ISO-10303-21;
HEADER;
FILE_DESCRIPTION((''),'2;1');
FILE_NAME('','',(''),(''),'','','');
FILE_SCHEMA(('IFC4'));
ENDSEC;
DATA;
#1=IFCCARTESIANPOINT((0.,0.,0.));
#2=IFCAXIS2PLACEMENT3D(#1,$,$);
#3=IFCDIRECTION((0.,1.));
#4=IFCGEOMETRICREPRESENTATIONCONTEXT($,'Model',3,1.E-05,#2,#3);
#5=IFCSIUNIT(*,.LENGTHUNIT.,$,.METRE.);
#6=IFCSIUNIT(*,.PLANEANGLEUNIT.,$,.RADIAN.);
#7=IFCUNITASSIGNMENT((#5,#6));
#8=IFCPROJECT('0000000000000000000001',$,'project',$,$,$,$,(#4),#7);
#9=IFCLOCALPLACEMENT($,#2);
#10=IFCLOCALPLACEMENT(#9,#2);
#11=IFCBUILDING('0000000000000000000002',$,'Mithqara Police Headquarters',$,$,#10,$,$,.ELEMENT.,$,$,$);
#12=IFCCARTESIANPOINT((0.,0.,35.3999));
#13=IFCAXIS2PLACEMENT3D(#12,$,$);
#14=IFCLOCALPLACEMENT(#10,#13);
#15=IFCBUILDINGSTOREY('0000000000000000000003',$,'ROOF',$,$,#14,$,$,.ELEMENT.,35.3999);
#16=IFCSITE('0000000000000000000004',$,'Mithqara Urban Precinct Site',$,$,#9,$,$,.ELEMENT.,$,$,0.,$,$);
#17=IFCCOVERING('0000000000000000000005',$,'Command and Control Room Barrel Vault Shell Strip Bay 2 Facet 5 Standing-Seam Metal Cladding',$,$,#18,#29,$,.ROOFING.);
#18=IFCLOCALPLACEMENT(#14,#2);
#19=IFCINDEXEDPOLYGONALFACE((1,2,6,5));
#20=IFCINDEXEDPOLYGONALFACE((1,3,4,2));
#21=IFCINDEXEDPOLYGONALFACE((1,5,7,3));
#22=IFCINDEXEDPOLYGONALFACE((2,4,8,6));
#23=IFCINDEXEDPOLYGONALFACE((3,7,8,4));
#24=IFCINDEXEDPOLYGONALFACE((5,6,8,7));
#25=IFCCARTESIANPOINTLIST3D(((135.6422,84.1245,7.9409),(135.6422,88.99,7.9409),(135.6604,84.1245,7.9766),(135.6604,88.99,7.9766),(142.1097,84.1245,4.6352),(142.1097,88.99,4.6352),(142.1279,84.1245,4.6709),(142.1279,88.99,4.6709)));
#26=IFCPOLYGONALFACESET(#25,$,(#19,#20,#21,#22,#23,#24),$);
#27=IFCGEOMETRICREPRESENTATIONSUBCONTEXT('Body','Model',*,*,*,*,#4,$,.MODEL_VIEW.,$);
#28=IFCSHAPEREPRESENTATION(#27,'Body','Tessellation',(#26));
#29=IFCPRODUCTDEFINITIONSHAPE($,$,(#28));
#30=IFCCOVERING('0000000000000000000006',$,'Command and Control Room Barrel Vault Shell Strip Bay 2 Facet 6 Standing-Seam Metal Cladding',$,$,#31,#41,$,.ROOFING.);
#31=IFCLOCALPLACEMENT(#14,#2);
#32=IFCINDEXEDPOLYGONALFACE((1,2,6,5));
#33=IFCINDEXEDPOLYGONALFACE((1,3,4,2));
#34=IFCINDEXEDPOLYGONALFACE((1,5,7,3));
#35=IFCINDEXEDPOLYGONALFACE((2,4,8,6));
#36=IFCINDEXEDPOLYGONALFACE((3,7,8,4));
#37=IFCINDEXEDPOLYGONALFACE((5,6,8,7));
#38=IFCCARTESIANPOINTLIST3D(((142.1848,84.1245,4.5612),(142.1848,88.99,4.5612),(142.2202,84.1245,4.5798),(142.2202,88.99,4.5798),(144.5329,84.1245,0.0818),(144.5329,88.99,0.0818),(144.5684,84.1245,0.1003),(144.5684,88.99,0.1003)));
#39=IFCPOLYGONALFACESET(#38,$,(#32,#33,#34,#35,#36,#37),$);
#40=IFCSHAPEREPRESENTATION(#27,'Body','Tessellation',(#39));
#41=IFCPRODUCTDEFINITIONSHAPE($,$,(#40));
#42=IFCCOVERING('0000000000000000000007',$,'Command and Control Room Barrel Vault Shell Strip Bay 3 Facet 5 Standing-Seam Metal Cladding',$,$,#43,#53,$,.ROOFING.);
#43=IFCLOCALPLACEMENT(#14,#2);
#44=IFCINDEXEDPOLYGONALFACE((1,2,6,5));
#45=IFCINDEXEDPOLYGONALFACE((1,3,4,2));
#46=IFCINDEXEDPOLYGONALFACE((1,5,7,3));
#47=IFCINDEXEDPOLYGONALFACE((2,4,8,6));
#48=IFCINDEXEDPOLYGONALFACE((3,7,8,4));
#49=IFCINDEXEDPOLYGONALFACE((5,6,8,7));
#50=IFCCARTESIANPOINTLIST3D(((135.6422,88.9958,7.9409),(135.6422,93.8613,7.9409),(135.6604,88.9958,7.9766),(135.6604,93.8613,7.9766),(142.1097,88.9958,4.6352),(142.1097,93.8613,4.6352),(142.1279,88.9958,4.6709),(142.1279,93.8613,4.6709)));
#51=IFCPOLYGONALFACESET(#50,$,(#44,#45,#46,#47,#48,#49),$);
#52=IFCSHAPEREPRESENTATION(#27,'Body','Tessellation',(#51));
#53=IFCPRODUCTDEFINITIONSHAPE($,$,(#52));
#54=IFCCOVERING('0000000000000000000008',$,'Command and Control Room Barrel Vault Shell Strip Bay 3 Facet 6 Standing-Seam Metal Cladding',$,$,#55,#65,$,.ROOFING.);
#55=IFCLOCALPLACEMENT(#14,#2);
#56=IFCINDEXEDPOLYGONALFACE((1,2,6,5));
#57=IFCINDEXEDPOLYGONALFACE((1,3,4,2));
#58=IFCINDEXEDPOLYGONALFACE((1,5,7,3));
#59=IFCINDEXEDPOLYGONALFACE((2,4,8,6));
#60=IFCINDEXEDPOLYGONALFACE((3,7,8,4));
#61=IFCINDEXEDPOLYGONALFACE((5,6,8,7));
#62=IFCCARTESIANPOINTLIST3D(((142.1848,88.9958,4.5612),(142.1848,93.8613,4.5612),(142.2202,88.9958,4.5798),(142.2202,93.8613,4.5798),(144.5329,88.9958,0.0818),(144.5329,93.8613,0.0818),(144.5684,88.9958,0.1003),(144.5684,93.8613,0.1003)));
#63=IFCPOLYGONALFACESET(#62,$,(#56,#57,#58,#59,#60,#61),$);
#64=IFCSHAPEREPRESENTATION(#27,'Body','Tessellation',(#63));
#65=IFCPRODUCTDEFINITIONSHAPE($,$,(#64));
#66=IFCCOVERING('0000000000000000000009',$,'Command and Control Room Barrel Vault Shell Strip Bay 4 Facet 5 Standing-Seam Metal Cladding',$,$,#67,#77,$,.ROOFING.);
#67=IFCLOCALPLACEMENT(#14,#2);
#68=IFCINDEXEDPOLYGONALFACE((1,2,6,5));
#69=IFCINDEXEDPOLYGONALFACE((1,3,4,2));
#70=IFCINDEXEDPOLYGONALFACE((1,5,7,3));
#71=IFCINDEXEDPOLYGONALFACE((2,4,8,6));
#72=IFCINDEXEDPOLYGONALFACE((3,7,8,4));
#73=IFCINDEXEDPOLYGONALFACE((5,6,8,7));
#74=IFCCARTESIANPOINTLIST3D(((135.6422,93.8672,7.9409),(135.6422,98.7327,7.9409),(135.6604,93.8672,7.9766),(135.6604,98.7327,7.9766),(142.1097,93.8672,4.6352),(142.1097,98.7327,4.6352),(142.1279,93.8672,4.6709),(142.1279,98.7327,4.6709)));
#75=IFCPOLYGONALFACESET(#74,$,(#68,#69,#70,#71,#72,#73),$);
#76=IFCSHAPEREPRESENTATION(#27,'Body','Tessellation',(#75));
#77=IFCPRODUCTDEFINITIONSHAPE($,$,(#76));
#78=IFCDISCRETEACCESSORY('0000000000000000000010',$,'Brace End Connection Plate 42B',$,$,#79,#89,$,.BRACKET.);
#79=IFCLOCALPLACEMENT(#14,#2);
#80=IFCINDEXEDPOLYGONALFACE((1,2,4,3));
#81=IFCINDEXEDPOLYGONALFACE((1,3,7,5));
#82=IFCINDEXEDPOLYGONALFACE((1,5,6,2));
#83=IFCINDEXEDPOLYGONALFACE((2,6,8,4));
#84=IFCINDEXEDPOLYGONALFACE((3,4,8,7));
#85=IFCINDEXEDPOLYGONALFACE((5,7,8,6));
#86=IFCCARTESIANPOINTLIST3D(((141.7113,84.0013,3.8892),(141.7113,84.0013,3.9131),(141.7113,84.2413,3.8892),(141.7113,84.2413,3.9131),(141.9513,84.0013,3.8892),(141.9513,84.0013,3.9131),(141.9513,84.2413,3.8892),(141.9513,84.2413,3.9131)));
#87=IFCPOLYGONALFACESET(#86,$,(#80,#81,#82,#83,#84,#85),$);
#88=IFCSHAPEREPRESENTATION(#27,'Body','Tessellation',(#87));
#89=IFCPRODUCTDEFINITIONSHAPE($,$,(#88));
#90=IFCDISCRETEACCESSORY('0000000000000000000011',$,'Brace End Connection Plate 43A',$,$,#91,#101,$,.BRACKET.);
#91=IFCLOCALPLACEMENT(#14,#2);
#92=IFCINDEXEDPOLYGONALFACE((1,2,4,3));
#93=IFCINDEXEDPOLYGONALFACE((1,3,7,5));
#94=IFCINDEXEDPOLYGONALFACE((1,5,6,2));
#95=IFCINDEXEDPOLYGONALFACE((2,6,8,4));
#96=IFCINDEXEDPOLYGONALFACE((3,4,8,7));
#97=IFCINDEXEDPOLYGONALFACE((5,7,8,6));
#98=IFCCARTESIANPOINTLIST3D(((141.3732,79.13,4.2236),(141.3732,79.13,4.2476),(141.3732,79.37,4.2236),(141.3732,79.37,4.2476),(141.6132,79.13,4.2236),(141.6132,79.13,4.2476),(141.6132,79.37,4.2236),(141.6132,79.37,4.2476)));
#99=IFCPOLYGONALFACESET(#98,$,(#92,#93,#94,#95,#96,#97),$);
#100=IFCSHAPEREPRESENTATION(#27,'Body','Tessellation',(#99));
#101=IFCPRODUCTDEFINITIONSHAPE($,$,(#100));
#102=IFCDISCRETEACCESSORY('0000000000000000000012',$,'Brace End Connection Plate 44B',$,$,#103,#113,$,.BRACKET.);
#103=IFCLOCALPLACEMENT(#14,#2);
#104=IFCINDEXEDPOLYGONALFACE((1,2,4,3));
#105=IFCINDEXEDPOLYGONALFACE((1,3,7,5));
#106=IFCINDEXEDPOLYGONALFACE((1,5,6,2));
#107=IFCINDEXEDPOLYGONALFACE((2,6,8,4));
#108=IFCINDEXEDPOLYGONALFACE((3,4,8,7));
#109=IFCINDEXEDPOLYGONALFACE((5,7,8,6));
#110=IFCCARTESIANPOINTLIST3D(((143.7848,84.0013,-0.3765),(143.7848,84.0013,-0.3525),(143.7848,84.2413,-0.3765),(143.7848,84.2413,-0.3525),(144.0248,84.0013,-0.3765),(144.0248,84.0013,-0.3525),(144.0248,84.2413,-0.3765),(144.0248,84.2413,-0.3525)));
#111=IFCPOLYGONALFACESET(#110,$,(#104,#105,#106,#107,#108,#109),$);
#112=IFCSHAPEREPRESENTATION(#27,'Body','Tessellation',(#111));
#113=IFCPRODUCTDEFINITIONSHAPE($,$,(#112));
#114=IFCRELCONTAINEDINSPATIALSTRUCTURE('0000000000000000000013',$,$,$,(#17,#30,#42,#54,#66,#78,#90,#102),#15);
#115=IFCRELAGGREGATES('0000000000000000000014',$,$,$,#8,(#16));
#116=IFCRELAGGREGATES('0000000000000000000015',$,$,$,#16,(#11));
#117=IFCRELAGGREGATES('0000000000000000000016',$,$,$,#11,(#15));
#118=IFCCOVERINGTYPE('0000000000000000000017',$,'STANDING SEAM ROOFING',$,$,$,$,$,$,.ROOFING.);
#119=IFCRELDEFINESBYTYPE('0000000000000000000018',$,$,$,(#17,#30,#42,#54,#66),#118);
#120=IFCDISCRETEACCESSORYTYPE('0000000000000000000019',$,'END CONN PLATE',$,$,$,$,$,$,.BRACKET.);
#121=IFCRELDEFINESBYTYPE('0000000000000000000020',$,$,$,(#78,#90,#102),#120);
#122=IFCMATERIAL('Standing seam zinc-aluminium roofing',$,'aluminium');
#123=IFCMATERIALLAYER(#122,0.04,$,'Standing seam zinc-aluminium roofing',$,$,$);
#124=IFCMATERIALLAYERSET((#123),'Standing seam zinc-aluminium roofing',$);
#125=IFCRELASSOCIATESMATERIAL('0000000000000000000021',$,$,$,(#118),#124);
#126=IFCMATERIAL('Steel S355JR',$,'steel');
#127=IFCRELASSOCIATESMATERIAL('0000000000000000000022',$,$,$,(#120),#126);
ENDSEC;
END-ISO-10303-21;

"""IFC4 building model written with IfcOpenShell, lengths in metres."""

from ifc_helpers import new_model, si_unit, direction, frame, origin, origin_2d, place, context, subcontext, project, spatial, polyline, rectangle, outline, extrude, material, layer, layer_set, type_object, element, save


model = new_model("IFC4")

# Units and contexts
model_context = context("Model", 3, precision=1e-05, world=origin(), true_north=direction((0.0, 1.0)))
body_context = subcontext(model_context, "Body", "Model", "MODEL_VIEW")
ifc_project = project(units=[si_unit("LENGTHUNIT", "METRE"), si_unit("PLANEANGLEUNIT", "RADIAN")], contexts=[model_context])

# Site, building, storey
site_placement = place(None, origin())
site = spatial("IfcSite", under=ifc_project, at=site_placement, Name="Mithqara Urban Precinct Site", CompositionType="ELEMENT", RefElevation=0.0)
building_placement = place(site_placement, origin())
building = spatial("IfcBuilding", under=site, at=building_placement, Name="Mithqara Police Headquarters", CompositionType="ELEMENT")
storey_placement = place(building_placement, frame((0.0, 0.0, 35.3999)))
storey = spatial("IfcBuildingStorey", under=building, at=storey_placement, Name="ROOF", CompositionType="ELEMENT", Elevation=35.3999)

# Shared definitions
ifc_material_1 = material(Name="Steel S355JR", Category="steel")

# Coverings
ifc_material_2 = material(Name="Standing seam zinc-aluminium roofing", Category="aluminium")
ifc_layer_1 = layer(ifc_material_2, 0.04, Name="Standing seam zinc-aluminium roofing")
ifc_layer_set_1 = layer_set([ifc_layer_1], Name="Standing seam zinc-aluminium roofing")
covering_type_1 = type_object("IfcCoveringType", Name="STANDING SEAM ROOFING", PredefinedType="ROOFING", material=ifc_layer_set_1)
covering_1_placement = place(storey_placement, frame((135.6604, 84.1245, 7.9766), z_axis=(0.455115, 0.0, 0.890433), x_axis=(0.890433, 0.0, -0.455115)))
element("IfcCovering", 1, at=covering_1_placement, inside=storey, type_object=covering_type_1, Name="Command and Control Room Barrel Vault Shell Strip Bay 2 Facet 5 Standing-Seam Metal Cladding", PredefinedType="ROOFING", context=body_context, shape_type="SweptSolid", body=[
    extrude(outline(polyline([(0.0, 0.0), (7.2634, 0.0), (7.2634, 4.8655), (0.0, 4.8655), (0.0, 0.0)])), origin(), (0.0, 0.0, -1.0), 0.04),
])
covering_2_placement = place(storey_placement, frame((142.2202, 84.1245, 4.5798), z_axis=(0.88569, 0.0, 0.464278), x_axis=(0.464278, 0.0, -0.88569)))
element("IfcCovering", 2, at=covering_2_placement, inside=storey, type_object=covering_type_1, Name="Command and Control Room Barrel Vault Shell Strip Bay 2 Facet 6 Standing-Seam Metal Cladding", PredefinedType="ROOFING", context=body_context, shape_type="SweptSolid", body=[
    extrude(outline(polyline([(0.0, 0.0), (5.0576, 0.0), (5.0576, 4.8655), (0.0, 4.8655), (0.0, 0.0)])), origin(), (0.0, 0.0, -1.0), 0.04),
])
covering_3_placement = place(storey_placement, frame((135.6604, 88.9958, 7.9766), z_axis=(0.455115, 0.0, 0.890433), x_axis=(0.890433, 0.0, -0.455115)))
element("IfcCovering", 3, at=covering_3_placement, inside=storey, type_object=covering_type_1, Name="Command and Control Room Barrel Vault Shell Strip Bay 3 Facet 5 Standing-Seam Metal Cladding", PredefinedType="ROOFING", context=body_context, shape_type="SweptSolid", body=[
    extrude(outline(polyline([(0.0, 0.0), (7.2634, 0.0), (7.2634, 4.8655), (0.0, 4.8655), (0.0, 0.0)])), origin(), (0.0, 0.0, -1.0), 0.04),
])
covering_4_placement = place(storey_placement, frame((142.2202, 88.9958, 4.5798), z_axis=(0.88569, 0.0, 0.464278), x_axis=(0.464278, 0.0, -0.88569)))
element("IfcCovering", 4, at=covering_4_placement, inside=storey, type_object=covering_type_1, Name="Command and Control Room Barrel Vault Shell Strip Bay 3 Facet 6 Standing-Seam Metal Cladding", PredefinedType="ROOFING", context=body_context, shape_type="SweptSolid", body=[
    extrude(outline(polyline([(0.0, 0.0), (5.0576, 0.0), (5.0576, 4.8655), (0.0, 4.8655), (0.0, 0.0)])), origin(), (0.0, 0.0, -1.0), 0.04),
])
covering_5_placement = place(storey_placement, frame((135.6604, 93.8672, 7.9766), z_axis=(0.455115, 0.0, 0.890433), x_axis=(0.890433, 0.0, -0.455115)))
element("IfcCovering", 5, at=covering_5_placement, inside=storey, type_object=covering_type_1, Name="Command and Control Room Barrel Vault Shell Strip Bay 4 Facet 5 Standing-Seam Metal Cladding", PredefinedType="ROOFING", context=body_context, shape_type="SweptSolid", body=[
    extrude(outline(polyline([(0.0, 0.0), (7.2634, 0.0), (7.2634, 4.8655), (0.0, 4.8655), (0.0, 0.0)])), origin(), (0.0, 0.0, -1.0), 0.04),
])

# Discrete accessories
discrete_accessory_type = type_object("IfcDiscreteAccessoryType", Name="END CONN PLATE", PredefinedType="BRACKET", material=ifc_material_1)
for number, where, z_axis, x_axis, name in (
    (6, (141.8313, 84.1213, 3.8892), (0.0, 0.0, 1.0), (1.0, 0.0, 0.0), "Brace End Connection Plate 42B"),
    (7, (141.4932, 79.25, 4.2236), (0.0, 0.0, 1.0), (1.0, 0.0, 0.0), "Brace End Connection Plate 43A"),
    (8, (143.9048, 84.1213, -0.3765), (0.0, 0.0, 1.0), (1.0, 0.0, 0.0), "Brace End Connection Plate 44B"),
):
    element("IfcDiscreteAccessory", number, at=place(storey_placement, frame(where, z_axis=z_axis, x_axis=x_axis)), inside=storey, type_object=discrete_accessory_type, Name=name, PredefinedType="BRACKET", context=body_context, shape_type="SweptSolid", body=[
        extrude(rectangle(XDim=0.24, YDim=0.24, at=origin_2d()), origin(), (0.0, 0.0, 1.0), 0.0239),
    ])

save(model, "model.ifc")
